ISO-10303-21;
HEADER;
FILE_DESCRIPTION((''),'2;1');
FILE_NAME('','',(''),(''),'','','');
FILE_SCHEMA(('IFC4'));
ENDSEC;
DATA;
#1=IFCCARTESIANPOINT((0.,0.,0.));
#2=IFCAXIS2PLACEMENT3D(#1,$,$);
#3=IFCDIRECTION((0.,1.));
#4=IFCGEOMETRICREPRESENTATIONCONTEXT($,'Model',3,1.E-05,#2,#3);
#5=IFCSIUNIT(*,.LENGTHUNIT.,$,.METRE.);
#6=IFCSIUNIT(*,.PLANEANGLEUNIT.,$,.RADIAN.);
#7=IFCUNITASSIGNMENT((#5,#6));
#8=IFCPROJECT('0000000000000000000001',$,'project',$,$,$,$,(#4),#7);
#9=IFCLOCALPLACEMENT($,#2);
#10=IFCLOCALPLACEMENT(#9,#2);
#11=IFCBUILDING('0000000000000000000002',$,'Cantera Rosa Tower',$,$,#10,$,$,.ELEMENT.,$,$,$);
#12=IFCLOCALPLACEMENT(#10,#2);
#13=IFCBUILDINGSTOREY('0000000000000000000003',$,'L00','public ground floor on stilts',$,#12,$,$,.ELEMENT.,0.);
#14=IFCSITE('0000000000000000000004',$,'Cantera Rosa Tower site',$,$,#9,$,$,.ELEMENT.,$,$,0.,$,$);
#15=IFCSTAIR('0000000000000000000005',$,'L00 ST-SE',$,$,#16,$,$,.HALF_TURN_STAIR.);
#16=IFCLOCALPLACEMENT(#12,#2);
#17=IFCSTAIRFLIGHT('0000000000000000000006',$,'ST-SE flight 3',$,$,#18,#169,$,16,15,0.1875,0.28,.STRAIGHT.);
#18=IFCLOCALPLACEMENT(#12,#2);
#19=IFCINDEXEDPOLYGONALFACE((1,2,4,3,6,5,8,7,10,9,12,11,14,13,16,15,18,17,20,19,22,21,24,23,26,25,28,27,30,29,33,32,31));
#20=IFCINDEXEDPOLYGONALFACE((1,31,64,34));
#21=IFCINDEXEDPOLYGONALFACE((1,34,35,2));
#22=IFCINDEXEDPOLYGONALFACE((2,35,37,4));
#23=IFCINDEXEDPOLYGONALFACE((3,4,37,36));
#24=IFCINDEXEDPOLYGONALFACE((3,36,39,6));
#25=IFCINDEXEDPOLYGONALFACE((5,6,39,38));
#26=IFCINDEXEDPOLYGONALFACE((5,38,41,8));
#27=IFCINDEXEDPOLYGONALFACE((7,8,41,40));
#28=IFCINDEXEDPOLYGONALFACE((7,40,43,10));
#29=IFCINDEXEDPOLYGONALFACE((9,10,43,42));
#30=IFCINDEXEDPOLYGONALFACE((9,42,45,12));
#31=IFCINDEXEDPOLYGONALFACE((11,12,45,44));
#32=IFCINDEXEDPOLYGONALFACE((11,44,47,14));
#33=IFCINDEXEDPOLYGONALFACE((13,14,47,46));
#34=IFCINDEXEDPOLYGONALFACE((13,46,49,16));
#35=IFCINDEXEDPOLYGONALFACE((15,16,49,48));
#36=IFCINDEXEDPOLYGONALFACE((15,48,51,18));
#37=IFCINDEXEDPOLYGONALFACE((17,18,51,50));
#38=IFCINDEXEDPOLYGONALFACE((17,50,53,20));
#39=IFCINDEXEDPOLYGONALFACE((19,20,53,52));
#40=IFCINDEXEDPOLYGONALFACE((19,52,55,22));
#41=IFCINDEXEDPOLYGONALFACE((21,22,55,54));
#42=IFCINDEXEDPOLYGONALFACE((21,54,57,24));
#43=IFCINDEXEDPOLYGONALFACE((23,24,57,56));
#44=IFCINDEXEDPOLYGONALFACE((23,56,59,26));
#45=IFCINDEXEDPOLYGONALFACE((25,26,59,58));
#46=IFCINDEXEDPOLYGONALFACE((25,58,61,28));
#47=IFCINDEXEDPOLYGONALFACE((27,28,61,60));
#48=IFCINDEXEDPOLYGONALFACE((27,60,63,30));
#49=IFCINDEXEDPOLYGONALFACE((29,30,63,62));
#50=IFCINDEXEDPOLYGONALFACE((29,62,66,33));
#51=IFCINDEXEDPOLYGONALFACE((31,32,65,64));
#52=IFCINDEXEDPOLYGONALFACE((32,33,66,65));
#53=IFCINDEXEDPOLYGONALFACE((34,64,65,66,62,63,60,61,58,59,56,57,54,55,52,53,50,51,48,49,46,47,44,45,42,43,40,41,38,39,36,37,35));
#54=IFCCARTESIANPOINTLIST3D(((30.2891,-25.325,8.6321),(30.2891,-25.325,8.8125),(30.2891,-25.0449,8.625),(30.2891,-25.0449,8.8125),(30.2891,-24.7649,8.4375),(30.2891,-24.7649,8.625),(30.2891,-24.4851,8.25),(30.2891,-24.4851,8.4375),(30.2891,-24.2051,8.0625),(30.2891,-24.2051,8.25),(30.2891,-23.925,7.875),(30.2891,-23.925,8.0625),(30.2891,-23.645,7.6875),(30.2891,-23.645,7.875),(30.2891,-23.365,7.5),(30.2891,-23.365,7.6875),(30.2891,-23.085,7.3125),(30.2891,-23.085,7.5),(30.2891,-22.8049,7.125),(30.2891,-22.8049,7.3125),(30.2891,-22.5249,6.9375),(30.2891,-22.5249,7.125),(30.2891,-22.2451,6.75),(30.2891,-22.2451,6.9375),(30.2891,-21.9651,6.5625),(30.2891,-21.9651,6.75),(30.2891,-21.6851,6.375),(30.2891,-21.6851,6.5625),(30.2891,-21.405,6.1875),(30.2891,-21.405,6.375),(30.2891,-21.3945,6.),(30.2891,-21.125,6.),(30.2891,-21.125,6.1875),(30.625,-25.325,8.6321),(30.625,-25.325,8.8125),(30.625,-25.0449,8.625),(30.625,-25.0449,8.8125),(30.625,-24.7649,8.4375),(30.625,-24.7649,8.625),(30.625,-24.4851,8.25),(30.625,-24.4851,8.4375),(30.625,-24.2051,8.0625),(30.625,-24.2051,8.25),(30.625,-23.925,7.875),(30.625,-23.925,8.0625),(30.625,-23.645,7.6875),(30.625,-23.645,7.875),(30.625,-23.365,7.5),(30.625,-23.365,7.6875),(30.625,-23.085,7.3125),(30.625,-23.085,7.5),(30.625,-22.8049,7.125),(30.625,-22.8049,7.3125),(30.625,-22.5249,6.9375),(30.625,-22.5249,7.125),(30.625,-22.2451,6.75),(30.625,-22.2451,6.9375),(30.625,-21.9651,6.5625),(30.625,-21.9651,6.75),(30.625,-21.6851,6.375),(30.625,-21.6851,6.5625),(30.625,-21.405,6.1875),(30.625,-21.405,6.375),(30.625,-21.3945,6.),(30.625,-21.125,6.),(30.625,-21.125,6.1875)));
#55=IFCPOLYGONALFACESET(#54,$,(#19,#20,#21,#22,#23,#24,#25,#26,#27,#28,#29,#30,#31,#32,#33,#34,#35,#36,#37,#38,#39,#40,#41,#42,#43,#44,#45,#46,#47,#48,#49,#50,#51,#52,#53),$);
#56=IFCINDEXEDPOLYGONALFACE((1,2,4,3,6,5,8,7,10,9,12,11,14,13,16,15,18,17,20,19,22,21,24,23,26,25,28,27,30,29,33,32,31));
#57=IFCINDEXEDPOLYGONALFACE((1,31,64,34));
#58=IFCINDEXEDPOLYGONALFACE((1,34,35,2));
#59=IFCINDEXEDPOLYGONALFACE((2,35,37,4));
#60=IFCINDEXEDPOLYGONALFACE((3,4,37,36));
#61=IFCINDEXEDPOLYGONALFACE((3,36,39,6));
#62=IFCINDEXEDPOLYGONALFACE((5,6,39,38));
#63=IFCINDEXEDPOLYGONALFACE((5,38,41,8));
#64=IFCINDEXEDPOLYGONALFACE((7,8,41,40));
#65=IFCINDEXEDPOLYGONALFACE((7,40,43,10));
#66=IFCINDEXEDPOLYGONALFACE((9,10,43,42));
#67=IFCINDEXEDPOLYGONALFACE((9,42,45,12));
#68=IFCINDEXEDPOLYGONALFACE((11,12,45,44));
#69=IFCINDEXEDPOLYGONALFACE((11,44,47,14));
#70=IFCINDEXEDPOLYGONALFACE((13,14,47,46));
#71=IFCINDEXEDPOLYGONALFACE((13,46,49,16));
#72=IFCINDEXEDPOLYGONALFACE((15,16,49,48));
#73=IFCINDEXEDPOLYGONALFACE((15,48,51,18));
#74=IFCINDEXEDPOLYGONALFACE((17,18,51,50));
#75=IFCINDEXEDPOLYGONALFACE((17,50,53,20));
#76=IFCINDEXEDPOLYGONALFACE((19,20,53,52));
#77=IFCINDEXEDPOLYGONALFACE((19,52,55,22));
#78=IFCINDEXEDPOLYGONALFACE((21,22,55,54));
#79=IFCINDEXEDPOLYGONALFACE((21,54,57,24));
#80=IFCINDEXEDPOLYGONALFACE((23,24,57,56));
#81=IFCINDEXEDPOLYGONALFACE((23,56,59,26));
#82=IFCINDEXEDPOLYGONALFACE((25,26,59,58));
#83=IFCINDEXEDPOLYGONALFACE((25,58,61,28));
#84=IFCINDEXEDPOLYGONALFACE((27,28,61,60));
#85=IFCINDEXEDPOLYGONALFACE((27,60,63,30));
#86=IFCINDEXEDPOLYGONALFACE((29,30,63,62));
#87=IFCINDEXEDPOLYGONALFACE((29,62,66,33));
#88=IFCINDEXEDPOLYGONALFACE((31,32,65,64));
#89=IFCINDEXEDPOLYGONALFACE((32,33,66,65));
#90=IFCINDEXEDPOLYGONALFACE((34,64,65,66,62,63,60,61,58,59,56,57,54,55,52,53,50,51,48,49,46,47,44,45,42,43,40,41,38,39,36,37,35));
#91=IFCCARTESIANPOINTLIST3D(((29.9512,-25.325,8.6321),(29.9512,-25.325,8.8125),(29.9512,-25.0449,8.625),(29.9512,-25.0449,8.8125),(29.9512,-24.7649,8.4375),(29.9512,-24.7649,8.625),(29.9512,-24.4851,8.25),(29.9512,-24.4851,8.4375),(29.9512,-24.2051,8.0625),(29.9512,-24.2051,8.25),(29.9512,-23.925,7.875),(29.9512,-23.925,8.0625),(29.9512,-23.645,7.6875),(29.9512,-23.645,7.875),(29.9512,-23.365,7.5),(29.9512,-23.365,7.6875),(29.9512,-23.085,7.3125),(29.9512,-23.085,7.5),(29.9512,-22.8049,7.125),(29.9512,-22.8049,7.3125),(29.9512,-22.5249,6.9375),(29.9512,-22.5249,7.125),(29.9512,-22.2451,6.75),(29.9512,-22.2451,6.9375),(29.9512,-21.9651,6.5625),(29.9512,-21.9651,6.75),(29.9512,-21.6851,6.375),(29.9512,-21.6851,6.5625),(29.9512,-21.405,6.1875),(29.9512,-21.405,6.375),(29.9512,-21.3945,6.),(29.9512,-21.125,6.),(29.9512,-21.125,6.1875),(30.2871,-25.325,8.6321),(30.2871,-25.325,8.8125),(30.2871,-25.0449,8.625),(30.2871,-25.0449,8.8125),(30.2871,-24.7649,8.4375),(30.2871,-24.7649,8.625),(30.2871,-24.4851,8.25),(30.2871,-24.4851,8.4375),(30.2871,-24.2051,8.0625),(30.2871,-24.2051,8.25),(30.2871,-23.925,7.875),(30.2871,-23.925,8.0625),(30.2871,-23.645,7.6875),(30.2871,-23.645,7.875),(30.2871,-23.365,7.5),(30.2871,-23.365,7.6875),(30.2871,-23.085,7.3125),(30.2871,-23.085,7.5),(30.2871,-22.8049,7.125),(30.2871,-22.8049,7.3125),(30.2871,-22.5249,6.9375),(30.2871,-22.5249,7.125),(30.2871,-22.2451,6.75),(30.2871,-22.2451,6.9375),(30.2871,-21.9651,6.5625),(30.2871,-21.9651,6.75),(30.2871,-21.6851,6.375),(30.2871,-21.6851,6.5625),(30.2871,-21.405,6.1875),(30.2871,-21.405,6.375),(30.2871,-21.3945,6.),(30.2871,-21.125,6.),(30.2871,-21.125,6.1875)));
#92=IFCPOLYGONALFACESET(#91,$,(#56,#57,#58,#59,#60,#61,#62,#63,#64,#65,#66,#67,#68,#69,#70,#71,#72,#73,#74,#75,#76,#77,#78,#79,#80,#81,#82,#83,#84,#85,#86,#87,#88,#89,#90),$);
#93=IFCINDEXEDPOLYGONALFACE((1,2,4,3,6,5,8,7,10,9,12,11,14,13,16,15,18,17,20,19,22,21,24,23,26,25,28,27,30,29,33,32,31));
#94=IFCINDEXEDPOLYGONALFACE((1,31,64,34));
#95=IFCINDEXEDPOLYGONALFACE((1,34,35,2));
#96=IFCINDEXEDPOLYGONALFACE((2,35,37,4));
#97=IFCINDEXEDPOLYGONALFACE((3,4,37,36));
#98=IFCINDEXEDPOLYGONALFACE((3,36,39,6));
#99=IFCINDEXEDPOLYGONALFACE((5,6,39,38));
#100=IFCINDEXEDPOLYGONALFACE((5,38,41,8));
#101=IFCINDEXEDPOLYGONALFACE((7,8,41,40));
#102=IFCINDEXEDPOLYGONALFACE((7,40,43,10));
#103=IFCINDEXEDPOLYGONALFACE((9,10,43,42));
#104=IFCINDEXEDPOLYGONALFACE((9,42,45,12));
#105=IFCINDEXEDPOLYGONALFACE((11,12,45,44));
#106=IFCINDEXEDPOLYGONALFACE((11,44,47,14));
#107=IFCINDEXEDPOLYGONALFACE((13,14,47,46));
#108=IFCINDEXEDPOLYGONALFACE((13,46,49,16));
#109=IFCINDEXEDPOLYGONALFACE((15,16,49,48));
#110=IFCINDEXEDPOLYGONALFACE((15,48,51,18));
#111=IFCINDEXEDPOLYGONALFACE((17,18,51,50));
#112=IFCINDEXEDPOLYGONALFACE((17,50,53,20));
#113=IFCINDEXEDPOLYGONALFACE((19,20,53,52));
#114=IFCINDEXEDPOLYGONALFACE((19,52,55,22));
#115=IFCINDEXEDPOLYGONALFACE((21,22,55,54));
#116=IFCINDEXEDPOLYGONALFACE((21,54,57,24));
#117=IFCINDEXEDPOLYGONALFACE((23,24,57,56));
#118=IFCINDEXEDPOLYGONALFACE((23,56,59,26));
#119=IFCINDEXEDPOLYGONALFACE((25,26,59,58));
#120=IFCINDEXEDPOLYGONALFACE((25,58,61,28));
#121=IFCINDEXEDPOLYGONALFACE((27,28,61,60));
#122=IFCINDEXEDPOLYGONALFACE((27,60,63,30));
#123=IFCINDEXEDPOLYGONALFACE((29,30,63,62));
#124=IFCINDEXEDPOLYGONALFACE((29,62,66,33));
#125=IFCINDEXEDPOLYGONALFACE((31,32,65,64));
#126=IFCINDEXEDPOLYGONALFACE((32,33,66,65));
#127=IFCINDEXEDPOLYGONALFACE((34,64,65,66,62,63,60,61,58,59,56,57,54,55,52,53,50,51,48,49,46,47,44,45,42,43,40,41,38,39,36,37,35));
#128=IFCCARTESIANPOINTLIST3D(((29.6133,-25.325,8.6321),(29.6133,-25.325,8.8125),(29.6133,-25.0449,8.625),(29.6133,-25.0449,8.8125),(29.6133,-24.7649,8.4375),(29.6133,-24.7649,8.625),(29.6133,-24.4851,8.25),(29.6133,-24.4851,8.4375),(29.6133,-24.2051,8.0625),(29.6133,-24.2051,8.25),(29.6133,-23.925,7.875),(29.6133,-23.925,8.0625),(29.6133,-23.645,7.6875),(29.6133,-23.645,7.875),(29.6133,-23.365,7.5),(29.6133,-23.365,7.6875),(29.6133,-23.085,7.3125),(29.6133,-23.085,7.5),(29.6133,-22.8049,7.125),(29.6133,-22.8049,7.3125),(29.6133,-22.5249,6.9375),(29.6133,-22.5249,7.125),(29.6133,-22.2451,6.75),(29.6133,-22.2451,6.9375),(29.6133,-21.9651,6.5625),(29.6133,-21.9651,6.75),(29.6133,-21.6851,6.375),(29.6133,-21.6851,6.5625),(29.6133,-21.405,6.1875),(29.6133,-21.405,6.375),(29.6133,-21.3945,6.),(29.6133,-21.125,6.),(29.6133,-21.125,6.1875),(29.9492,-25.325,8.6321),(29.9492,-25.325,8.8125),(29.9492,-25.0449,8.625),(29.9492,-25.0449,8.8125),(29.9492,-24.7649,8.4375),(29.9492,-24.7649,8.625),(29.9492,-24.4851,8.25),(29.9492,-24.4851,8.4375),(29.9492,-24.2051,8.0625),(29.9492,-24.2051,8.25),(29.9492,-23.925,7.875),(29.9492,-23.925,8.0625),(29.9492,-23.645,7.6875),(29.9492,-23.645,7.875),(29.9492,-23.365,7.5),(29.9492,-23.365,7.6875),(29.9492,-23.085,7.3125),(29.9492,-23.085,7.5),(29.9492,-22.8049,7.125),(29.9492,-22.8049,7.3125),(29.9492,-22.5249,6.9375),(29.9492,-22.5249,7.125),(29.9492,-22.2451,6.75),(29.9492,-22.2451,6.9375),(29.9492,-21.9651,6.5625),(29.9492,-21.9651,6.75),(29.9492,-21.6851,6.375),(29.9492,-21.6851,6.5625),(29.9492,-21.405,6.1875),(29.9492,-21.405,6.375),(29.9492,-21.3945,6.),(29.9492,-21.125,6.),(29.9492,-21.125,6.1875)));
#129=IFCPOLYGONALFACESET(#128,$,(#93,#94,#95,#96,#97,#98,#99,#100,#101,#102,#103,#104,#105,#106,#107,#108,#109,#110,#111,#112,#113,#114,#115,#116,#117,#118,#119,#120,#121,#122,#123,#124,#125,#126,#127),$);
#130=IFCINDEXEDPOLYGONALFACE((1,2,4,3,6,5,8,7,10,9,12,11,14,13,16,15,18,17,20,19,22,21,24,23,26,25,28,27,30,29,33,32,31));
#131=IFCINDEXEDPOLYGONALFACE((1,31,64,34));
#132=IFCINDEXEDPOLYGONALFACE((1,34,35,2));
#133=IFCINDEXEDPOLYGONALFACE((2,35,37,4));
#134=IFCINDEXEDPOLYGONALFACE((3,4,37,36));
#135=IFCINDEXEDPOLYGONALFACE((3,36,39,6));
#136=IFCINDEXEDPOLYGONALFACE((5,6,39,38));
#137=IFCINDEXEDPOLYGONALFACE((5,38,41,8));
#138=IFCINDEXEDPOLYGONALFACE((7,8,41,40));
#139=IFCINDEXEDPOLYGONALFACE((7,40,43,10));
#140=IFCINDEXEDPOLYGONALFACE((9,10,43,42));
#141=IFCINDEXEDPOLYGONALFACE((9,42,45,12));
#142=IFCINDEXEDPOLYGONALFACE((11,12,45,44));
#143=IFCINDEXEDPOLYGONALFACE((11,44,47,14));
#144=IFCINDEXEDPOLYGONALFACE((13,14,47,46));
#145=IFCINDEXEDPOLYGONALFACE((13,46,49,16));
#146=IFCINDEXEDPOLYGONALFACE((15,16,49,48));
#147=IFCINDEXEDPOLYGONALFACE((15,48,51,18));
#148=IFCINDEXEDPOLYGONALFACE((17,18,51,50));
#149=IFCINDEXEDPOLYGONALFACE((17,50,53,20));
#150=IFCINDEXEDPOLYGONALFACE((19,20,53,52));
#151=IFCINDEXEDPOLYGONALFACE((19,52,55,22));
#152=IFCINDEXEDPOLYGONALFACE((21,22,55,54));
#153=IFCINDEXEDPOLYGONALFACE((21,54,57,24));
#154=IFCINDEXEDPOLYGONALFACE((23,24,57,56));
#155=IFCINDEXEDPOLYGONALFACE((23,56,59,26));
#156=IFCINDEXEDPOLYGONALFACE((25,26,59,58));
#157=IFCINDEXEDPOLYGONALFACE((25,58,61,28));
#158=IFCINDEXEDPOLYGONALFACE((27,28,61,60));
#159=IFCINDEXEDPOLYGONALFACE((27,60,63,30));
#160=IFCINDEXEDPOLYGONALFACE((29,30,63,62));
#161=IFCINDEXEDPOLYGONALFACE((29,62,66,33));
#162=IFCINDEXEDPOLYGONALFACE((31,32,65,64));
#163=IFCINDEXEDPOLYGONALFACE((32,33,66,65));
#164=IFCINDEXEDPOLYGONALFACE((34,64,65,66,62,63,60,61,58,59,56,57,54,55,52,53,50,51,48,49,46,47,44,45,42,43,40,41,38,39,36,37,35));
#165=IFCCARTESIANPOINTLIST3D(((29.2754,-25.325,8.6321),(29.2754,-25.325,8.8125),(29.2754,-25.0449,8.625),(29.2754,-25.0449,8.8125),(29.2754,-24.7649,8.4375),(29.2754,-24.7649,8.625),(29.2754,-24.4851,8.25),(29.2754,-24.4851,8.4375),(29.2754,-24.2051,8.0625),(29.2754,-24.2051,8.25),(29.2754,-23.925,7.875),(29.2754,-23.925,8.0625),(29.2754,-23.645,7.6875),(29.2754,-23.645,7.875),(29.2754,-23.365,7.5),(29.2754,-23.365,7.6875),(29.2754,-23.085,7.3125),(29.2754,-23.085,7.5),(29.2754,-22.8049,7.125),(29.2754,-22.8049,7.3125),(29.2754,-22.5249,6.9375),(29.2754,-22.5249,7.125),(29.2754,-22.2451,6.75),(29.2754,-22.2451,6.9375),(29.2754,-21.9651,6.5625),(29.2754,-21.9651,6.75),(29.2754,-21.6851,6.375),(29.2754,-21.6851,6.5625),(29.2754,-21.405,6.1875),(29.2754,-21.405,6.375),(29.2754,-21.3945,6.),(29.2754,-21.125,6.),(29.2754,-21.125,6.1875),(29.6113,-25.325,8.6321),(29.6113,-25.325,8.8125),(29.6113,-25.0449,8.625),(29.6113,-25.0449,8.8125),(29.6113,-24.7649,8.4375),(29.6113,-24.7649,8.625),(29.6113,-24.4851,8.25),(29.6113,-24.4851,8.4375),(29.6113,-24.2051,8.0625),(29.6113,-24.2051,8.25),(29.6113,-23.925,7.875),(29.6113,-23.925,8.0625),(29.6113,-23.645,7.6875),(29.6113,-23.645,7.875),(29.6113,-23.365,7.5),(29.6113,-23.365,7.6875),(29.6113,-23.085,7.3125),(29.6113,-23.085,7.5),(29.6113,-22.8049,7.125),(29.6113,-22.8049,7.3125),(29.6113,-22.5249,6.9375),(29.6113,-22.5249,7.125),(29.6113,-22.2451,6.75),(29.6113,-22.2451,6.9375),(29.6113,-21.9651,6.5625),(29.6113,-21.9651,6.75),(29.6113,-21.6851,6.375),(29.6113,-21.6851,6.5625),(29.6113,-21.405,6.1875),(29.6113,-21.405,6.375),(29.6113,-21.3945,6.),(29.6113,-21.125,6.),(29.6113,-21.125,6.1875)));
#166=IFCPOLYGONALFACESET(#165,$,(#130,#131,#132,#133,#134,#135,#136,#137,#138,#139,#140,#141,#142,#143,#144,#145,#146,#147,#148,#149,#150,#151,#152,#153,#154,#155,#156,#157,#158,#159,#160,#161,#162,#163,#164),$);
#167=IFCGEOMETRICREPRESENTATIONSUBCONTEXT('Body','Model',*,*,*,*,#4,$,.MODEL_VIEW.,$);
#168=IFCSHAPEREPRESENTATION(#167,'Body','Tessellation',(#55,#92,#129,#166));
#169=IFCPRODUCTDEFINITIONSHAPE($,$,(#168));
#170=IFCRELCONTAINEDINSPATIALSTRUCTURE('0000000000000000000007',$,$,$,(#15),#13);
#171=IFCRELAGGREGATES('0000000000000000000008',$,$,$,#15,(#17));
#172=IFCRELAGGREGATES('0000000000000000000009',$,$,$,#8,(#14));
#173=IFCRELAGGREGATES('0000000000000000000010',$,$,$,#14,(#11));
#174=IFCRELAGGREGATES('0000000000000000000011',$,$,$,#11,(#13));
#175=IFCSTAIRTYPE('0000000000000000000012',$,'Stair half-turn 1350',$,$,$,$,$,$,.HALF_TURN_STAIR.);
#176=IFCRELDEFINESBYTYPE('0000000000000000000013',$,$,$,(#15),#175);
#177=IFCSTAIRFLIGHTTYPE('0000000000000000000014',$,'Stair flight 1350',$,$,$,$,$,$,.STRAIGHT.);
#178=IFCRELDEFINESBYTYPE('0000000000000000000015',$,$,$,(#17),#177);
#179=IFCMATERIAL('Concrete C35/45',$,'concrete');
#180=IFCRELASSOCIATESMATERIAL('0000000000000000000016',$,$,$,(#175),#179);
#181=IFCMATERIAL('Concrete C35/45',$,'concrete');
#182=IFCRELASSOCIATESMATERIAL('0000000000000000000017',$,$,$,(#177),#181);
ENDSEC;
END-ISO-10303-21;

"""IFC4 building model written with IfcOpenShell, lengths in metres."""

from ifc_helpers import new_model, si_unit, direction, frame, origin, place, context, subcontext, project, spatial, polyline, outline, extrude, material, type_object, element, aggregate, save


model = new_model("IFC4")

# Units and contexts
model_context = context("Model", 3, precision=1e-05, world=origin(), true_north=direction((0.0, 1.0)))
body_context = subcontext(model_context, "Body", "Model", "MODEL_VIEW")
ifc_project = project(units=[si_unit("LENGTHUNIT", "METRE"), si_unit("PLANEANGLEUNIT", "RADIAN")], contexts=[model_context])

# Site, building, storey
site_placement = place(None, origin())
site = spatial("IfcSite", under=ifc_project, at=site_placement, Name="Cantera Rosa Tower site", CompositionType="ELEMENT", RefElevation=0.0)
building_placement = place(site_placement, origin())
building = spatial("IfcBuilding", under=site, at=building_placement, Name="Cantera Rosa Tower", CompositionType="ELEMENT")
storey_placement = place(building_placement, origin())
storey = spatial("IfcBuildingStorey", under=building, at=storey_placement, Name="L00", Description="public ground floor on stilts", CompositionType="ELEMENT", Elevation=0.0)

# Stair, stair flight
ifc_material_1 = material(Name="Concrete C35/45", Category="concrete")
stair_type = type_object("IfcStairType", Name="Stair half-turn 1350", PredefinedType="HALF_TURN_STAIR", material=ifc_material_1)
stair_placement = place(storey_placement, origin())
stair = element("IfcStair", 1, at=stair_placement, inside=storey, type_object=stair_type, Name="L00 ST-SE", PredefinedType="HALF_TURN_STAIR")
ifc_material_2 = material(Name="Concrete C35/45", Category="concrete")
stair_flight_type = type_object("IfcStairFlightType", Name="Stair flight 1350", PredefinedType="STRAIGHT", material=ifc_material_2)
stair_flight_1_placement = place(storey_placement, frame((29.95, -21.125, 6.0), z_axis=(0.0, 0.0, 1.0), x_axis=(0.0, -1.0, 0.0)))
stair_flight_1 = element("IfcStairFlight", 2, at=stair_flight_1_placement, type_object=stair_flight_type, Name="ST-SE flight 3", NumberOfRisers=16, NumberOfTreads=15, PredefinedType="STRAIGHT", RiserHeight=0.1875, TreadLength=0.28, context=body_context, shape_type="SweptSolid", body=[
    extrude(outline(polyline([(0.0, 0.0), (0.0, 0.1875), (0.28, 0.1875), (0.28, 0.375), (0.5601, 0.375), (0.5601, 0.5625), (0.8401, 0.5625), (0.8401, 0.75), (1.1201, 0.75), (1.1201, 0.9375), (1.3999, 0.9375), (1.3999, 1.125), (1.6799, 1.125), (1.6799, 1.3125), (1.96, 1.3125), (1.96, 1.5), (2.24, 1.5), (2.24, 1.6875), (2.52, 1.6875), (2.52, 1.875), (2.8, 1.875), (2.8, 2.0625), (3.0801, 2.0625), (3.0801, 2.25), (3.3601, 2.25), (3.3601, 2.4375), (3.6399, 2.4375), (3.6399, 2.625), (3.9199, 2.625), (3.9199, 2.8125), (4.2, 2.8125), (4.2, 3.0), (4.2, 2.6321), (0.2695, 0.0), (0.0, 0.0)])), frame((0.0, 0.675, 0.0), z_axis=(0.0, -1.0, 0.0), x_axis=(1.0, 0.0, 0.0)), (0.0, 0.0, 1.0), 0.3359),
    extrude(outline(polyline([(0.0, 0.0), (0.0, 0.1875), (0.28, 0.1875), (0.28, 0.375), (0.5601, 0.375), (0.5601, 0.5625), (0.8401, 0.5625), (0.8401, 0.75), (1.1201, 0.75), (1.1201, 0.9375), (1.3999, 0.9375), (1.3999, 1.125), (1.6799, 1.125), (1.6799, 1.3125), (1.96, 1.3125), (1.96, 1.5), (2.24, 1.5), (2.24, 1.6875), (2.52, 1.6875), (2.52, 1.875), (2.8, 1.875), (2.8, 2.0625), (3.0801, 2.0625), (3.0801, 2.25), (3.3601, 2.25), (3.3601, 2.4375), (3.6399, 2.4375), (3.6399, 2.625), (3.9199, 2.625), (3.9199, 2.8125), (4.2, 2.8125), (4.2, 3.0), (4.2, 2.6321), (0.2695, 0.0), (0.0, 0.0)])), frame((0.0, 0.3372, 0.0), z_axis=(0.0, -1.0, 0.0), x_axis=(1.0, 0.0, 0.0)), (0.0, 0.0, 1.0), 0.3359),
    extrude(outline(polyline([(0.0, 0.0), (0.0, 0.1875), (0.28, 0.1875), (0.28, 0.375), (0.5601, 0.375), (0.5601, 0.5625), (0.8401, 0.5625), (0.8401, 0.75), (1.1201, 0.75), (1.1201, 0.9375), (1.3999, 0.9375), (1.3999, 1.125), (1.6799, 1.125), (1.6799, 1.3125), (1.96, 1.3125), (1.96, 1.5), (2.24, 1.5), (2.24, 1.6875), (2.52, 1.6875), (2.52, 1.875), (2.8, 1.875), (2.8, 2.0625), (3.0801, 2.0625), (3.0801, 2.25), (3.3601, 2.25), (3.3601, 2.4375), (3.6399, 2.4375), (3.6399, 2.625), (3.9199, 2.625), (3.9199, 2.8125), (4.2, 2.8125), (4.2, 3.0), (4.2, 2.6321), (0.2695, 0.0), (0.0, 0.0)])), frame((0.0, -0.0007, 0.0), z_axis=(0.0, -1.0, 0.0), x_axis=(1.0, 0.0, 0.0)), (0.0, 0.0, 1.0), 0.3359),
    extrude(outline(polyline([(0.0, 0.0), (0.0, 0.1875), (0.28, 0.1875), (0.28, 0.375), (0.5601, 0.375), (0.5601, 0.5625), (0.8401, 0.5625), (0.8401, 0.75), (1.1201, 0.75), (1.1201, 0.9375), (1.3999, 0.9375), (1.3999, 1.125), (1.6799, 1.125), (1.6799, 1.3125), (1.96, 1.3125), (1.96, 1.5), (2.24, 1.5), (2.24, 1.6875), (2.52, 1.6875), (2.52, 1.875), (2.8, 1.875), (2.8, 2.0625), (3.0801, 2.0625), (3.0801, 2.25), (3.3601, 2.25), (3.3601, 2.4375), (3.6399, 2.4375), (3.6399, 2.625), (3.9199, 2.625), (3.9199, 2.8125), (4.2, 2.8125), (4.2, 3.0), (4.2, 2.6321), (0.2695, 0.0), (0.0, 0.0)])), frame((0.0, -0.3386, 0.0), z_axis=(0.0, -1.0, 0.0), x_axis=(1.0, 0.0, 0.0)), (0.0, 0.0, 1.0), 0.3359),
])
aggregate(stair, [stair_flight_1])

save(model, "model.ifc")
